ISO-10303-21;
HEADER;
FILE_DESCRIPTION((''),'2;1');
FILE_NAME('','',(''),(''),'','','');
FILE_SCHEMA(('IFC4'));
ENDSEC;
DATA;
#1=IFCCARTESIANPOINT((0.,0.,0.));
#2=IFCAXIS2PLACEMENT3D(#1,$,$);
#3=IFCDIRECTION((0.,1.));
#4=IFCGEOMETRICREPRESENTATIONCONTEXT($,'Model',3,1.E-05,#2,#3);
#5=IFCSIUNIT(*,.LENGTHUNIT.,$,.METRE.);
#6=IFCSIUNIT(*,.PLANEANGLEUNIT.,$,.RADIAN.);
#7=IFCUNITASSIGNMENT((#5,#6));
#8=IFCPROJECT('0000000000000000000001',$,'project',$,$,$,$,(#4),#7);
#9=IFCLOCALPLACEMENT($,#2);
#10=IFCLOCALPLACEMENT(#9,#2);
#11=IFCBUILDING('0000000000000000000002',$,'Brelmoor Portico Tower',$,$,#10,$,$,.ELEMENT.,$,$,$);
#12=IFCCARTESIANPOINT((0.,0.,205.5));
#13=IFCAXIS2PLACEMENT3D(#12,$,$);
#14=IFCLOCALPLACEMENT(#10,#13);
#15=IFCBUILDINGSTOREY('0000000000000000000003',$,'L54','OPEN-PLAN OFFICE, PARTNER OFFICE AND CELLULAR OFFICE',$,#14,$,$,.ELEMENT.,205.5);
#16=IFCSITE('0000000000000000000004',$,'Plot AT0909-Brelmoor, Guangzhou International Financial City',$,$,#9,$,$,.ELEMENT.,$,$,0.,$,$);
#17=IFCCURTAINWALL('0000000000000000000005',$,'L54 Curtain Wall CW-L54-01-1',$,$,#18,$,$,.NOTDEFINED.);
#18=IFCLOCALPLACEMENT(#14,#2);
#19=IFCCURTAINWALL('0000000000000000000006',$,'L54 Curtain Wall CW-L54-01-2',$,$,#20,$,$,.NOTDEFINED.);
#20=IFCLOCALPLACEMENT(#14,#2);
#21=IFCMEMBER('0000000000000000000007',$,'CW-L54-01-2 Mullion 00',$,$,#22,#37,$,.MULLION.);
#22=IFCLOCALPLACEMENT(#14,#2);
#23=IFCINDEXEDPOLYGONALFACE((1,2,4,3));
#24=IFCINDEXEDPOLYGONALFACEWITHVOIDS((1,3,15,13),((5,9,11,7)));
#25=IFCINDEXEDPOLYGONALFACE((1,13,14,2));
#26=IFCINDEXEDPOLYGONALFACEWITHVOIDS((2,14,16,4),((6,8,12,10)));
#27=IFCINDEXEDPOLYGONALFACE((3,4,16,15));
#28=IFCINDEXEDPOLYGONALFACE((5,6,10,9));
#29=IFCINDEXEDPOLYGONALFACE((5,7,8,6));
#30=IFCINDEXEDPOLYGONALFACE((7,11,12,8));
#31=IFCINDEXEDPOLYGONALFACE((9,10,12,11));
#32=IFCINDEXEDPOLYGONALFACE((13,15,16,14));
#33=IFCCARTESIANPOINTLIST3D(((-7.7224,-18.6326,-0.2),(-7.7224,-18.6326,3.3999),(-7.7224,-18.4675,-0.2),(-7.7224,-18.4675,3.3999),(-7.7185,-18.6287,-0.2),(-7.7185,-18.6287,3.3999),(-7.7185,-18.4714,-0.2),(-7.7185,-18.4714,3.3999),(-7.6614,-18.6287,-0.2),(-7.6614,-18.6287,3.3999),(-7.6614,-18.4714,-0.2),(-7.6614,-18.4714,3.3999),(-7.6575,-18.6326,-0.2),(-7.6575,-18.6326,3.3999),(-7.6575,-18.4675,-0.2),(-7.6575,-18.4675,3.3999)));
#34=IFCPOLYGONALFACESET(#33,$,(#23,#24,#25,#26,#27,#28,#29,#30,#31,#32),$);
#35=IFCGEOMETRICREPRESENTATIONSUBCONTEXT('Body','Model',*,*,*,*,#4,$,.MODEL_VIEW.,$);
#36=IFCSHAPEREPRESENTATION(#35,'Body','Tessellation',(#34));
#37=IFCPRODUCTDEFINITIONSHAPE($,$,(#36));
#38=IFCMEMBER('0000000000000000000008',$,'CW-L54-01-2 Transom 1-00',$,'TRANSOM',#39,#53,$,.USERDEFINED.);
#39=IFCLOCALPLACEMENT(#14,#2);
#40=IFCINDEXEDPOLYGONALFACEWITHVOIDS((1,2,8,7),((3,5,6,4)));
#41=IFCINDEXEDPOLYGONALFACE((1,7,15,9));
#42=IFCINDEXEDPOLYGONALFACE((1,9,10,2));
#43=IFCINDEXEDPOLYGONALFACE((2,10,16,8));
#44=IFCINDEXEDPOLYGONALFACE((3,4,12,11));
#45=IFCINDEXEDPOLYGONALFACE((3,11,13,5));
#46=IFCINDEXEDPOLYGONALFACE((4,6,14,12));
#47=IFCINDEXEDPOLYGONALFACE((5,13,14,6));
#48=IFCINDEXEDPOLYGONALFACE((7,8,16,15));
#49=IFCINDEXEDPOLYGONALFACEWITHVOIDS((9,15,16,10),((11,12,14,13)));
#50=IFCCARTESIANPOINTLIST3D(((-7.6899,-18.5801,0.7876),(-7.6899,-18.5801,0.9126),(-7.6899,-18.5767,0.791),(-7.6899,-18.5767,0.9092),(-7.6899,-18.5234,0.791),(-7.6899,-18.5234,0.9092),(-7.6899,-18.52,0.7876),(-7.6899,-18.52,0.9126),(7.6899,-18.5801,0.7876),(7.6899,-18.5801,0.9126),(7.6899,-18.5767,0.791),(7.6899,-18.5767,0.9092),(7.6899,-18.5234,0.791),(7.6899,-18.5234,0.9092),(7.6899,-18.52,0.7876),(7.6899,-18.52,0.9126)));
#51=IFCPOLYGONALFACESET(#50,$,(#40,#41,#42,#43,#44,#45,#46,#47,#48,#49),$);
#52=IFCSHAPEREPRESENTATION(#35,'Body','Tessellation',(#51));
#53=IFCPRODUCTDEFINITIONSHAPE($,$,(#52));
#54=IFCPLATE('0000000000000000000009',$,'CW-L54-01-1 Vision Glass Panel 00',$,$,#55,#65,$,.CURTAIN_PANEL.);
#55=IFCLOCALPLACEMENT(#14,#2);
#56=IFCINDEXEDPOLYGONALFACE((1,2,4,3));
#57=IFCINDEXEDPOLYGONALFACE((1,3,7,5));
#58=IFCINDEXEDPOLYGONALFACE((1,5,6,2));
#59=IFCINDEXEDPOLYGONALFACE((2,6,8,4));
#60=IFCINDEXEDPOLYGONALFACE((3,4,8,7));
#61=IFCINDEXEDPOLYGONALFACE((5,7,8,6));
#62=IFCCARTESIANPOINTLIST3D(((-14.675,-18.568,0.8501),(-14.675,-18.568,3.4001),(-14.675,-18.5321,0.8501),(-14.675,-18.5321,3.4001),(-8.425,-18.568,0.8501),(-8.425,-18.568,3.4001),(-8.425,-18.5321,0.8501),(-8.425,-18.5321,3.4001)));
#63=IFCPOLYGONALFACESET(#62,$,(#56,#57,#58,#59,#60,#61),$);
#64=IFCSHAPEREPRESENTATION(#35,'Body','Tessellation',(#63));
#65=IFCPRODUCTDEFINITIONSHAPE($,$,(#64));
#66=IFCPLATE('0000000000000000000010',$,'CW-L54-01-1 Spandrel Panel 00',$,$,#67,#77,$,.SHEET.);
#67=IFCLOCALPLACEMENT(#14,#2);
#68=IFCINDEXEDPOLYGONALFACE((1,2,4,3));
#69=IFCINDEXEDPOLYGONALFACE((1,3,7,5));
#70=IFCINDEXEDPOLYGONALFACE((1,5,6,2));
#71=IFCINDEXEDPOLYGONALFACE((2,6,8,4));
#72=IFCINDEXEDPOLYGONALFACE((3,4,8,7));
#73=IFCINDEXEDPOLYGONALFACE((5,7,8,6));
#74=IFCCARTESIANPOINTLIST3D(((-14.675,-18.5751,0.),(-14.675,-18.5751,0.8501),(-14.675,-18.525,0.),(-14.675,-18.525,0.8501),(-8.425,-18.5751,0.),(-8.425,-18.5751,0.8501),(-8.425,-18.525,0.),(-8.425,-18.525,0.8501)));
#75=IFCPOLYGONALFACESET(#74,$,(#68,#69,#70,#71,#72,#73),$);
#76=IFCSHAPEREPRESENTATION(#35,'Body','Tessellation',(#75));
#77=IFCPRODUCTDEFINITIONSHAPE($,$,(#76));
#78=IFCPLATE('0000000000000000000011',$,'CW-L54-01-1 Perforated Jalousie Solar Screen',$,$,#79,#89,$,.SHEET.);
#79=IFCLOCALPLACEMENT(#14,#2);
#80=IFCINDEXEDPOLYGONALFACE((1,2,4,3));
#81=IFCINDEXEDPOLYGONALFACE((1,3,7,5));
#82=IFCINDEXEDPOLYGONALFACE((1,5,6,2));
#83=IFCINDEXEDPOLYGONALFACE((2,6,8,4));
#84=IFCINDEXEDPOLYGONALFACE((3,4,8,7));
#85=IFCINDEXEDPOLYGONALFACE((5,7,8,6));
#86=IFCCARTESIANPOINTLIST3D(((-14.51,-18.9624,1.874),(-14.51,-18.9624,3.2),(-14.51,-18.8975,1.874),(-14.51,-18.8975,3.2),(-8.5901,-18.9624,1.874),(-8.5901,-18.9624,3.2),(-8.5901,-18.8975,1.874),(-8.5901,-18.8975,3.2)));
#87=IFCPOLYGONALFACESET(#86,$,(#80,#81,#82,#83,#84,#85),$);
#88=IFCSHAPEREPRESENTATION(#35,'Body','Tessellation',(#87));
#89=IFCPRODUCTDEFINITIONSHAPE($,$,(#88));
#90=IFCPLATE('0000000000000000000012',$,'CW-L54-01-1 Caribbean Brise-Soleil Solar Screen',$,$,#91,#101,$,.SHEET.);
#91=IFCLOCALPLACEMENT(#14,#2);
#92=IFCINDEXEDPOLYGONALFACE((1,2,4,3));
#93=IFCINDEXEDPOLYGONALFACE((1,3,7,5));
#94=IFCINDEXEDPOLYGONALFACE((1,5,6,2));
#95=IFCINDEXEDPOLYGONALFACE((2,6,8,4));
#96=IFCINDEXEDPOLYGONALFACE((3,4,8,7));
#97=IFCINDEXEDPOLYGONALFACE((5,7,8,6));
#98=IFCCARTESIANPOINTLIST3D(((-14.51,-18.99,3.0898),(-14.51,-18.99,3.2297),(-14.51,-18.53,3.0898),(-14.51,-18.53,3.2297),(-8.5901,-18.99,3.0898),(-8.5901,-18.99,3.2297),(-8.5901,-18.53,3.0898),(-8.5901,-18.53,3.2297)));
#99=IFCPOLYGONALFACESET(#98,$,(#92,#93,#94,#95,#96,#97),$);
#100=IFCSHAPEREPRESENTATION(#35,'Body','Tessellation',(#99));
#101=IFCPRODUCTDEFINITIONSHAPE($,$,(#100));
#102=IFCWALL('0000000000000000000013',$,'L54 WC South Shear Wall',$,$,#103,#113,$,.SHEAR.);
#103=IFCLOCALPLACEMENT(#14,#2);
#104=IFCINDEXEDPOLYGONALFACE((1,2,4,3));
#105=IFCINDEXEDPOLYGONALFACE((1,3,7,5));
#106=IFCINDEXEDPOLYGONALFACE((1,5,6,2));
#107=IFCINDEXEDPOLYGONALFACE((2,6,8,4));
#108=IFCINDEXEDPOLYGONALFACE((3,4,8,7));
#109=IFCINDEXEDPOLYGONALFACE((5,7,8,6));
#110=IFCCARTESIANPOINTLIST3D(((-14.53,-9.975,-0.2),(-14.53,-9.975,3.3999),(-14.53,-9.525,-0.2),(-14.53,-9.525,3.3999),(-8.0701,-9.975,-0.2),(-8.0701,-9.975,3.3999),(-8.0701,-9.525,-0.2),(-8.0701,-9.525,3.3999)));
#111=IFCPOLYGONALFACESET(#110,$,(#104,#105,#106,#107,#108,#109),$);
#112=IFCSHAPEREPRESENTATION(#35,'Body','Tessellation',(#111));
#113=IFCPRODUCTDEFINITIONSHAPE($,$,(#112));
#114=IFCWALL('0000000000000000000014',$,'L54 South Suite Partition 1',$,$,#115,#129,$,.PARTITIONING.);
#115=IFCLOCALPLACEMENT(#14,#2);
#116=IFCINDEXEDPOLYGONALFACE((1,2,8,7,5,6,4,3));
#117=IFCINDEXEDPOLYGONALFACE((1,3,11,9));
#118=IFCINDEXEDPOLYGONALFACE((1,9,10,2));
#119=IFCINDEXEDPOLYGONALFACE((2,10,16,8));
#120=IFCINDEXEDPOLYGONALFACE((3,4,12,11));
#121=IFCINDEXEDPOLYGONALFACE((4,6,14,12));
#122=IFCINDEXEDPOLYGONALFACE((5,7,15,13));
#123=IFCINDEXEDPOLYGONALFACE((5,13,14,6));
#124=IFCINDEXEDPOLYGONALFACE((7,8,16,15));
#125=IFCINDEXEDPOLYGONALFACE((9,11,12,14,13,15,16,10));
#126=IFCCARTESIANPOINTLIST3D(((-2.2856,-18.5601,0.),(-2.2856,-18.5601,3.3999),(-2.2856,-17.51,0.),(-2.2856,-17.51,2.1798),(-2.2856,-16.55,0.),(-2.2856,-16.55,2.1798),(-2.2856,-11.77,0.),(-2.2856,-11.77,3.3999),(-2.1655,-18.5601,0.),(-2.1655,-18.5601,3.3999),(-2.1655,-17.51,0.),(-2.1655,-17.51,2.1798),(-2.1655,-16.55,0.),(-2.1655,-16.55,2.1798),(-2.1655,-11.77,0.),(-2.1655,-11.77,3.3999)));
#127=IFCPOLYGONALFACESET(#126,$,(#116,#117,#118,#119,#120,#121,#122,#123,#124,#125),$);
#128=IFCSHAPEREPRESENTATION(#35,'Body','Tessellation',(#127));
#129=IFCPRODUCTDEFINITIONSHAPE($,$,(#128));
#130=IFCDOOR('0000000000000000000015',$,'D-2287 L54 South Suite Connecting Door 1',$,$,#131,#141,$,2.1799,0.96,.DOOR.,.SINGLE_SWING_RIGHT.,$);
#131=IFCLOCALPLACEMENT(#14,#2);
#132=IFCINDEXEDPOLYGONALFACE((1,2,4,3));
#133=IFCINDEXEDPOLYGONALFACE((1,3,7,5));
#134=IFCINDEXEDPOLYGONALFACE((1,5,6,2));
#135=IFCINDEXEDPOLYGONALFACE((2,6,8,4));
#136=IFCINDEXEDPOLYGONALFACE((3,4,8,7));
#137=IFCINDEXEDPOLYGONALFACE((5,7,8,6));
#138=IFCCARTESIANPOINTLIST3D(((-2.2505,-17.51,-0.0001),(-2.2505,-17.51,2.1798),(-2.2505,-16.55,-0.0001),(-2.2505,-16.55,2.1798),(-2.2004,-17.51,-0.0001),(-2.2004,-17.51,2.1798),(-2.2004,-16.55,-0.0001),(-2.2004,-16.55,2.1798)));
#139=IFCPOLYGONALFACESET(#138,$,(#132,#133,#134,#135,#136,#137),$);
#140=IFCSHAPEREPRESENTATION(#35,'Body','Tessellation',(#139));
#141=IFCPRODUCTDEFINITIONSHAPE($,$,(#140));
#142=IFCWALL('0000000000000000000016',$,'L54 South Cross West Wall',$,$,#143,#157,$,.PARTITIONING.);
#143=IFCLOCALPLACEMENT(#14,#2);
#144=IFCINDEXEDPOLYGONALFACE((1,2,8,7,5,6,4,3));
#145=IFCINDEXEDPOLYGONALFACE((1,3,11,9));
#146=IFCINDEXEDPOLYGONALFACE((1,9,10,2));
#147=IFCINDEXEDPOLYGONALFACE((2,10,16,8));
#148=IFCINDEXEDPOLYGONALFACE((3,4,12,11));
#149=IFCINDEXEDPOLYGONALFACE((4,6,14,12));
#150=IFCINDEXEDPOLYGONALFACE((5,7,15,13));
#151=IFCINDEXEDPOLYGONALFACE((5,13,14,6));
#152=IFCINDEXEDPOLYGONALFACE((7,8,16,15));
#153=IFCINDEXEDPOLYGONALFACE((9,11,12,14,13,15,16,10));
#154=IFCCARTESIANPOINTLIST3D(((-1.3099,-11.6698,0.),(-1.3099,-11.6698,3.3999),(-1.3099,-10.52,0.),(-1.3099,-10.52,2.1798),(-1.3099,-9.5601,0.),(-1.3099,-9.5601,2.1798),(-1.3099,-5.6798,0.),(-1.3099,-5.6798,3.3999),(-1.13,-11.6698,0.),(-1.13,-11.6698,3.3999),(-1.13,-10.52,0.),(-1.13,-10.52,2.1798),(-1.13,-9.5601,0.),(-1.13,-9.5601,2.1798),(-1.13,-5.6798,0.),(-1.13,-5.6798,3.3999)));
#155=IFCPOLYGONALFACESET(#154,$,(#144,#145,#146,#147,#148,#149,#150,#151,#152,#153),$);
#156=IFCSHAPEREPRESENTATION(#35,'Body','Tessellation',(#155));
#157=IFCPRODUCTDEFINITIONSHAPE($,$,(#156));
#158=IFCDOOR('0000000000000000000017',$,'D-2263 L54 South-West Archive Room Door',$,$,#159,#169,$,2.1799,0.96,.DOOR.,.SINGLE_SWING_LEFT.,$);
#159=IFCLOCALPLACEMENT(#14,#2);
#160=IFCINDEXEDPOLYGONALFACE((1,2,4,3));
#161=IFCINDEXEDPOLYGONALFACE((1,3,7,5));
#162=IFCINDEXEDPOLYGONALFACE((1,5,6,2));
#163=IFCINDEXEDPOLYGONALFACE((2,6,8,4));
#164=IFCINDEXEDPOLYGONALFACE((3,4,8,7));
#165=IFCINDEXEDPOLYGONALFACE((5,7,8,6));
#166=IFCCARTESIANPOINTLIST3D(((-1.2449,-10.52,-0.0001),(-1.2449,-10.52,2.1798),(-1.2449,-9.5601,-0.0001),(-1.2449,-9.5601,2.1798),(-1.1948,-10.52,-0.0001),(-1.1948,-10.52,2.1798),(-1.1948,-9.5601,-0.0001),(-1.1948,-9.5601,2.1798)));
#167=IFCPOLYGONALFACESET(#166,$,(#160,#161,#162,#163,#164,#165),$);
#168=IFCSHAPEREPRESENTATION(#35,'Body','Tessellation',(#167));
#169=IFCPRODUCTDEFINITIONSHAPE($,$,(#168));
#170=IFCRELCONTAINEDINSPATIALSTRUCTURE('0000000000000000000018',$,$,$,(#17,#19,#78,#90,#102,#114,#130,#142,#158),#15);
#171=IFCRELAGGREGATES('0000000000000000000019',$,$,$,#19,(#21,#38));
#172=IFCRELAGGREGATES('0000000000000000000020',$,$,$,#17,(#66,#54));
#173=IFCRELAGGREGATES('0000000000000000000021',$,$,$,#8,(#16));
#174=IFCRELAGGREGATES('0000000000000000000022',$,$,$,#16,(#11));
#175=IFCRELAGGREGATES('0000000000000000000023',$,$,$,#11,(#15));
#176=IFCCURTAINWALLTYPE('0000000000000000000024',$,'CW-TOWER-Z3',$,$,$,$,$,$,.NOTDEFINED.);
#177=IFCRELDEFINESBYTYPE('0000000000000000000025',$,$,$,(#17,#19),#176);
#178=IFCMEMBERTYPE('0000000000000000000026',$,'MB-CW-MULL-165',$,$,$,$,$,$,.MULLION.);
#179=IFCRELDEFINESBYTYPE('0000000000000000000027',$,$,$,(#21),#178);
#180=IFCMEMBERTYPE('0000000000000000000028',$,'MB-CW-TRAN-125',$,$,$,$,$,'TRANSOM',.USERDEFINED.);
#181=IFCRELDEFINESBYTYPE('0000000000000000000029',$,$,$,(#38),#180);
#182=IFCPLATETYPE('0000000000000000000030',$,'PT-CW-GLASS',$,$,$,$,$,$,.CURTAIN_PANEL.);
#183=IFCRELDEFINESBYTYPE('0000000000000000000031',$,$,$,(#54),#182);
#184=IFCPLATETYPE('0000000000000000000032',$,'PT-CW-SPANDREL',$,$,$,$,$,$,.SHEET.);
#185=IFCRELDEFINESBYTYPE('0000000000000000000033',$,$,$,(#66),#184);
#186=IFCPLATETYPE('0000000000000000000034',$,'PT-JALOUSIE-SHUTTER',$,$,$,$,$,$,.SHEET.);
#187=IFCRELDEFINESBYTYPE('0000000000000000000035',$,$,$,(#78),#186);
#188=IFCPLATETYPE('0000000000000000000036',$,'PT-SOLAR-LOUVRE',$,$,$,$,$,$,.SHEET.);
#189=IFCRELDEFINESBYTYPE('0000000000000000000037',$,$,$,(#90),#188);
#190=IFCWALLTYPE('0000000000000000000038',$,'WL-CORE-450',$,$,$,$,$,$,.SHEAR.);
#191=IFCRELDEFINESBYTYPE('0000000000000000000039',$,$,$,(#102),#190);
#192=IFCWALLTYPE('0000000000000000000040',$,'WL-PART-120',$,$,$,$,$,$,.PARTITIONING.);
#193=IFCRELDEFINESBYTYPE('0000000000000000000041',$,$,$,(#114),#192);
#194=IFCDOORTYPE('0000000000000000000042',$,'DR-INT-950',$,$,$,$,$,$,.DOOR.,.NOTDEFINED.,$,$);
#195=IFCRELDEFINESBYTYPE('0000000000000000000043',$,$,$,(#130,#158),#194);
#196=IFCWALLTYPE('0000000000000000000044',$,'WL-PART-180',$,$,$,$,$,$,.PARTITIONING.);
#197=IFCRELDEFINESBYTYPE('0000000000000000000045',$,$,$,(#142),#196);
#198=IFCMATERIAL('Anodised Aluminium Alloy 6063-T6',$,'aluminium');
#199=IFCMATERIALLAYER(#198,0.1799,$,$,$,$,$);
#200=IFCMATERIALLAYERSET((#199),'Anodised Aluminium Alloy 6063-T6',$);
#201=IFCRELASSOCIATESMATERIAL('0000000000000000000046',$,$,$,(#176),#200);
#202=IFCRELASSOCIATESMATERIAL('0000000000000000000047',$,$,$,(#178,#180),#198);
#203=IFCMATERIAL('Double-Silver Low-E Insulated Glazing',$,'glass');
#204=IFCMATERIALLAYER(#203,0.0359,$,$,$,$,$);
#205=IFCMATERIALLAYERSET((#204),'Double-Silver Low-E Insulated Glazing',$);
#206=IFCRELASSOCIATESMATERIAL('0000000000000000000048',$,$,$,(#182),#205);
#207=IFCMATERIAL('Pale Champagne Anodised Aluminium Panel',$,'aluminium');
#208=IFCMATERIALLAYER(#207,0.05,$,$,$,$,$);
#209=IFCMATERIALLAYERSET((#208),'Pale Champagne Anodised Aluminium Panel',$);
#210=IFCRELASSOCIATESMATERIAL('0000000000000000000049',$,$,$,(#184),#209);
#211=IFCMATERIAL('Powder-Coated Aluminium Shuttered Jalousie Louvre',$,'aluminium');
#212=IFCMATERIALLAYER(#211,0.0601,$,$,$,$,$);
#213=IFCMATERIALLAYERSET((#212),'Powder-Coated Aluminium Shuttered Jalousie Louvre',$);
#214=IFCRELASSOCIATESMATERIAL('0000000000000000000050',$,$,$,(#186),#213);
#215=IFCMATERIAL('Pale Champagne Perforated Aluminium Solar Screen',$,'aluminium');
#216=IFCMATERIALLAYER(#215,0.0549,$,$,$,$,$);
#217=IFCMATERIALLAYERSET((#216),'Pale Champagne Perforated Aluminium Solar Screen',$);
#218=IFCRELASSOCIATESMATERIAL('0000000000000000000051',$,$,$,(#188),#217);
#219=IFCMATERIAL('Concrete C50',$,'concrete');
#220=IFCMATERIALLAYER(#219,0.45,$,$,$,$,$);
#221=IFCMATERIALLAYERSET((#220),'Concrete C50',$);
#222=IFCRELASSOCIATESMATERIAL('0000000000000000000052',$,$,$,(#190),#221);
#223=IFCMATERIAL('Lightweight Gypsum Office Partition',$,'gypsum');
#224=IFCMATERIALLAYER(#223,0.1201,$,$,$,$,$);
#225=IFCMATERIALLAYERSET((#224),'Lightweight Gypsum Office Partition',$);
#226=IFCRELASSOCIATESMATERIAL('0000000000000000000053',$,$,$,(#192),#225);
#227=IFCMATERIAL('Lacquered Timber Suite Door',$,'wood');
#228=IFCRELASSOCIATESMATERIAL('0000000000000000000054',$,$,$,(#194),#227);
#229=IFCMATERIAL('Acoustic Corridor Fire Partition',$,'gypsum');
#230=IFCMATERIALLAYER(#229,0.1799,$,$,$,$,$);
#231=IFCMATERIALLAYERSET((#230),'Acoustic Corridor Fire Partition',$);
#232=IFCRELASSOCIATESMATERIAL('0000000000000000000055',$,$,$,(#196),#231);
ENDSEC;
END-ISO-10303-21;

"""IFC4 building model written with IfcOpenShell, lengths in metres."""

from ifc_helpers import new_model, si_unit, direction, frame, frame_2d, origin, origin_2d, place, context, subcontext, project, spatial, rectangle, hollow_rectangle, extrude, material, layer, layer_set, material_profile, profile_set, type_object, element, fill, aggregate, save


model = new_model("IFC4")

# Units and contexts
model_context = context("Model", 3, precision=1e-05, world=origin(), true_north=direction((0.0, 1.0)))
body_context = subcontext(model_context, "Body", "Model", "MODEL_VIEW")
ifc_project = project(units=[si_unit("LENGTHUNIT", "METRE"), si_unit("PLANEANGLEUNIT", "RADIAN")], contexts=[model_context])

# Site, building, storey
site_placement = place(None, origin())
site = spatial("IfcSite", under=ifc_project, at=site_placement, Name="Plot AT0909-Brelmoor, Guangzhou International Financial City", CompositionType="ELEMENT", RefElevation=0.0)
building_placement = place(site_placement, origin())
building = spatial("IfcBuilding", under=site, at=building_placement, Name="Brelmoor Portico Tower", CompositionType="ELEMENT")
storey_placement = place(building_placement, frame((0.0, 0.0, 205.5)))
storey = spatial("IfcBuildingStorey", under=building, at=storey_placement, Name="L54", Description="OPEN-PLAN OFFICE, PARTNER OFFICE AND CELLULAR OFFICE", CompositionType="ELEMENT", Elevation=205.5)

# Curtain wall
ifc_material_1 = material(Name="Anodised Aluminium Alloy 6063-T6", Category="aluminium")
ifc_layer_1 = layer(ifc_material_1, 0.1799)
ifc_layer_set_1 = layer_set([ifc_layer_1], Name="Anodised Aluminium Alloy 6063-T6")
curtain_wall_type = type_object("IfcCurtainWallType", Name="CW-TOWER-Z3", PredefinedType="NOTDEFINED", material=ifc_layer_set_1)
curtain_wall_1_placement = place(storey_placement, origin())
curtain_wall_1 = element("IfcCurtainWall", 1, at=curtain_wall_1_placement, inside=storey, type_object=curtain_wall_type, Name="L54 Curtain Wall CW-L54-01-1", PredefinedType="NOTDEFINED")
ifc_material_profile_1 = material_profile(ifc_material_1, hollow_rectangle(XDim=0.0649, YDim=0.165, WallThickness=0.0039, at=origin_2d()), Name="ALU MULLION 65x165")
ifc_profile_set_1 = profile_set([ifc_material_profile_1], Name="Anodised Aluminium Alloy 6063-T6")
member_type_1 = type_object("IfcMemberType", Name="MB-CW-MULL-165", PredefinedType="MULLION", material=ifc_profile_set_1)

# Curtain wall, members
curtain_wall_2_placement = place(storey_placement, origin())
curtain_wall_2 = element("IfcCurtainWall", 2, at=curtain_wall_2_placement, inside=storey, type_object=curtain_wall_type, Name="L54 Curtain Wall CW-L54-01-2", PredefinedType="NOTDEFINED")
member_1_placement = place(storey_placement, frame((-7.6899, -18.55, -0.2), z_axis=(0.0, 0.0, 1.0), x_axis=(1.0, 0.0, 0.0)))
member_1 = element("IfcMember", 3, at=member_1_placement, type_object=member_type_1, Name="CW-L54-01-2 Mullion 00", PredefinedType="MULLION", context=body_context, shape_type="SweptSolid", body=[
    extrude(hollow_rectangle(XDim=0.0649, YDim=0.165, WallThickness=0.0039, at=origin_2d()), origin(), (0.0, 0.0, 1.0), 3.5999),
])
ifc_material_profile_2 = material_profile(ifc_material_1, hollow_rectangle(XDim=0.0601, YDim=0.125, WallThickness=0.0034, at=origin_2d()), Name="ALU TRANSOM 60x125")
ifc_profile_set_2 = profile_set([ifc_material_profile_2], Name="Anodised Aluminium Alloy 6063-T6")
member_type_2 = type_object("IfcMemberType", Name="MB-CW-TRAN-125", ElementType="TRANSOM", PredefinedType="USERDEFINED", material=ifc_profile_set_2)
member_2_placement = place(storey_placement, frame((-7.6899, -18.55, 0.8501), z_axis=(1.0, 0.0, 0.0), x_axis=(0.0, 1.0, 0.0)))
member_2 = element("IfcMember", 4, at=member_2_placement, type_object=member_type_2, Name="CW-L54-01-2 Transom 1-00", ObjectType="TRANSOM", PredefinedType="USERDEFINED", context=body_context, shape_type="SweptSolid", body=[
    extrude(hollow_rectangle(XDim=0.0601, YDim=0.125, WallThickness=0.0034, at=origin_2d()), origin(), (0.0, 0.0, 1.0), 15.3799),
])
aggregate(curtain_wall_2, [member_1, member_2])

# Plates
ifc_material_2 = material(Name="Double-Silver Low-E Insulated Glazing", Category="glass")
ifc_layer_2 = layer(ifc_material_2, 0.0359)
ifc_layer_set_2 = layer_set([ifc_layer_2], Name="Double-Silver Low-E Insulated Glazing")
plate_type_1 = type_object("IfcPlateType", Name="PT-CW-GLASS", PredefinedType="CURTAIN_PANEL", material=ifc_layer_set_2)
plate_1_placement = place(storey_placement, frame((-11.55, -18.55, 0.8501), z_axis=(0.0, 0.0, 1.0), x_axis=(1.0, 0.0, 0.0)))
plate_1 = element("IfcPlate", 5, at=plate_1_placement, type_object=plate_type_1, Name="CW-L54-01-1 Vision Glass Panel 00", PredefinedType="CURTAIN_PANEL", context=body_context, shape_type="SweptSolid", body=[
    extrude(rectangle(XDim=6.25, YDim=0.0359, at=origin_2d()), origin(), (0.0, 0.0, 1.0), 2.55),
])
ifc_material_3 = material(Name="Pale Champagne Anodised Aluminium Panel", Category="aluminium")
ifc_layer_3 = layer(ifc_material_3, 0.05)
ifc_layer_set_3 = layer_set([ifc_layer_3], Name="Pale Champagne Anodised Aluminium Panel")
plate_type_2 = type_object("IfcPlateType", Name="PT-CW-SPANDREL", PredefinedType="SHEET", material=ifc_layer_set_3)
plate_2_placement = place(storey_placement, frame((-11.55, -18.55, 0.0), z_axis=(0.0, 0.0, 1.0), x_axis=(1.0, 0.0, 0.0)))
plate_2 = element("IfcPlate", 6, at=plate_2_placement, type_object=plate_type_2, Name="CW-L54-01-1 Spandrel Panel 00", PredefinedType="SHEET", context=body_context, shape_type="SweptSolid", body=[
    extrude(rectangle(XDim=6.25, YDim=0.05, at=origin_2d()), origin(), (0.0, 0.0, 1.0), 0.8501),
])
aggregate(curtain_wall_1, [plate_2, plate_1])

# Plates
ifc_material_4 = material(Name="Powder-Coated Aluminium Shuttered Jalousie Louvre", Category="aluminium")
ifc_layer_4 = layer(ifc_material_4, 0.0601)
ifc_layer_set_4 = layer_set([ifc_layer_4], Name="Powder-Coated Aluminium Shuttered Jalousie Louvre")
plate_type_3 = type_object("IfcPlateType", Name="PT-JALOUSIE-SHUTTER", PredefinedType="SHEET", material=ifc_layer_set_4)
plate_3_placement = place(storey_placement, frame((-11.55, -18.9299, 1.874), z_axis=(0.0, 0.0, 1.0), x_axis=(1.0, 0.0, 0.0)))
element("IfcPlate", 7, at=plate_3_placement, inside=storey, type_object=plate_type_3, Name="CW-L54-01-1 Perforated Jalousie Solar Screen", PredefinedType="SHEET", context=body_context, shape_type="SweptSolid", body=[
    extrude(rectangle(XDim=5.9199, YDim=0.0649, at=origin_2d()), origin(), (0.0, 0.0, 1.0), 1.3259),
])
ifc_material_5 = material(Name="Pale Champagne Perforated Aluminium Solar Screen", Category="aluminium")
ifc_layer_5 = layer(ifc_material_5, 0.0549)
ifc_layer_set_5 = layer_set([ifc_layer_5], Name="Pale Champagne Perforated Aluminium Solar Screen")
plate_type_4 = type_object("IfcPlateType", Name="PT-SOLAR-LOUVRE", PredefinedType="SHEET", material=ifc_layer_set_5)
plate_4_placement = place(storey_placement, frame((-11.55, -18.76, 3.0898), z_axis=(0.0, 0.0, 1.0), x_axis=(1.0, 0.0, 0.0)))
element("IfcPlate", 8, at=plate_4_placement, inside=storey, type_object=plate_type_4, Name="CW-L54-01-1 Caribbean Brise-Soleil Solar Screen", PredefinedType="SHEET", context=body_context, shape_type="SweptSolid", body=[
    extrude(rectangle(XDim=5.9199, YDim=0.46, at=origin_2d()), origin(), (0.0, 0.0, 1.0), 0.1399),
])

# Wall
ifc_material_6 = material(Name="Concrete C50", Category="concrete")
ifc_layer_6 = layer(ifc_material_6, 0.45)
ifc_layer_set_6 = layer_set([ifc_layer_6], Name="Concrete C50")
wall_type_1 = type_object("IfcWallType", Name="WL-CORE-450", PredefinedType="SHEAR", material=ifc_layer_set_6)
wall_1_placement = place(storey_placement, frame((-14.53, -9.75, -0.2), z_axis=(0.0, 0.0, 1.0), x_axis=(1.0, 0.0, 0.0)))
element("IfcWall", 9, at=wall_1_placement, inside=storey, type_object=wall_type_1, Name="L54 WC South Shear Wall", PredefinedType="SHEAR", context=body_context, shape_type="SweptSolid", body=[
    extrude(rectangle(XDim=6.46, YDim=0.45, at=frame_2d((3.23, 0.0))), origin(), (0.0, 0.0, 1.0), 3.5999),
])

# Walls, openings, doors
ifc_material_7 = material(Name="Lightweight Gypsum Office Partition", Category="gypsum")
ifc_layer_7 = layer(ifc_material_7, 0.1201)
ifc_layer_set_7 = layer_set([ifc_layer_7], Name="Lightweight Gypsum Office Partition")
wall_type_2 = type_object("IfcWallType", Name="WL-PART-120", PredefinedType="PARTITIONING", material=ifc_layer_set_7)
wall_2_placement = place(storey_placement, frame((-2.2256, -18.5601, 0.0), z_axis=(0.0, 0.0, 1.0), x_axis=(0.0, 1.0, 0.0)))
wall_2 = element("IfcWall", 10, at=wall_2_placement, inside=storey, type_object=wall_type_2, Name="L54 South Suite Partition 1", PredefinedType="PARTITIONING", context=body_context, shape_type="SweptSolid", body=[
    extrude(rectangle(XDim=6.79, YDim=0.1201, at=frame_2d((3.395, 0.0))), origin(), (0.0, 0.0, 1.0), 3.3999),
])
opening_1_placement = place(wall_2_placement, frame((1.05, 0.0, 0.0)))
opening_1 = element("IfcOpeningElement", 11, at=opening_1_placement, cuts=wall_2, PredefinedType="OPENING", context=body_context, shape_type="SweptSolid", body=[
    extrude(rectangle(XDim=0.96, YDim=2.1799, at=frame_2d((0.48, 1.0898))), frame((0.0, 0.0701, 0.0), z_axis=(0.0, -1.0, 0.0), x_axis=(1.0, 0.0, 0.0)), (0.0, 0.0, 1.0), 0.1401),
])
ifc_material_8 = material(Name="Lacquered Timber Suite Door", Category="wood")
door_type_1 = type_object("IfcDoorType", Name="DR-INT-950", OperationType="NOTDEFINED", PredefinedType="DOOR", material=ifc_material_8)
door_1_placement = place(opening_1_placement, origin())
door_1 = element("IfcDoor", 12, at=door_1_placement, inside=storey, type_object=door_type_1, Name="D-2287 L54 South Suite Connecting Door 1", OperationType="SINGLE_SWING_RIGHT", OverallHeight=2.1799, OverallWidth=0.96, PredefinedType="DOOR", context=body_context, shape_type="SweptSolid", body=[
    extrude(rectangle(XDim=0.96, YDim=2.1799, at=frame_2d((0.48, 1.0898))), frame((0.0, 0.0249, 0.0), z_axis=(0.0, -1.0, 0.0), x_axis=(1.0, 0.0, 0.0)), (0.0, 0.0, 1.0), 0.05),
])
fill(opening_1, door_1)
ifc_material_9 = material(Name="Acoustic Corridor Fire Partition", Category="gypsum")
ifc_layer_8 = layer(ifc_material_9, 0.1799)
ifc_layer_set_8 = layer_set([ifc_layer_8], Name="Acoustic Corridor Fire Partition")
wall_type_3 = type_object("IfcWallType", Name="WL-PART-180", PredefinedType="PARTITIONING", material=ifc_layer_set_8)
wall_3_placement = place(storey_placement, frame((-1.22, -11.6699, 0.0), z_axis=(0.0, 0.0, 1.0), x_axis=(0.0, 1.0, 0.0)))
wall_3 = element("IfcWall", 13, at=wall_3_placement, inside=storey, type_object=wall_type_3, Name="L54 South Cross West Wall", PredefinedType="PARTITIONING", context=body_context, shape_type="SweptSolid", body=[
    extrude(rectangle(XDim=5.99, YDim=0.1799, at=frame_2d((2.9951, 0.0))), origin(), (0.0, 0.0, 1.0), 3.3999),
])
opening_2_placement = place(wall_3_placement, frame((1.1499, 0.0, 0.0)))
opening_2 = element("IfcOpeningElement", 14, at=opening_2_placement, cuts=wall_3, PredefinedType="OPENING", context=body_context, shape_type="SweptSolid", body=[
    extrude(rectangle(XDim=0.96, YDim=2.1799, at=frame_2d((0.48, 1.0898))), frame((0.0, 0.0999, 0.0), z_axis=(0.0, -1.0, 0.0), x_axis=(1.0, 0.0, 0.0)), (0.0, 0.0, 1.0), 0.2),
])
door_2_placement = place(opening_2_placement, origin())
door_2 = element("IfcDoor", 15, at=door_2_placement, inside=storey, type_object=door_type_1, Name="D-2263 L54 South-West Archive Room Door", OperationType="SINGLE_SWING_LEFT", OverallHeight=2.1799, OverallWidth=0.96, PredefinedType="DOOR", context=body_context, shape_type="SweptSolid", body=[
    extrude(rectangle(XDim=0.96, YDim=2.1799, at=frame_2d((0.48, 1.0898))), frame((0.0, 0.0249, 0.0), z_axis=(0.0, -1.0, 0.0), x_axis=(1.0, 0.0, 0.0)), (0.0, 0.0, 1.0), 0.05),
])
fill(opening_2, door_2)

save(model, "model.ifc")
